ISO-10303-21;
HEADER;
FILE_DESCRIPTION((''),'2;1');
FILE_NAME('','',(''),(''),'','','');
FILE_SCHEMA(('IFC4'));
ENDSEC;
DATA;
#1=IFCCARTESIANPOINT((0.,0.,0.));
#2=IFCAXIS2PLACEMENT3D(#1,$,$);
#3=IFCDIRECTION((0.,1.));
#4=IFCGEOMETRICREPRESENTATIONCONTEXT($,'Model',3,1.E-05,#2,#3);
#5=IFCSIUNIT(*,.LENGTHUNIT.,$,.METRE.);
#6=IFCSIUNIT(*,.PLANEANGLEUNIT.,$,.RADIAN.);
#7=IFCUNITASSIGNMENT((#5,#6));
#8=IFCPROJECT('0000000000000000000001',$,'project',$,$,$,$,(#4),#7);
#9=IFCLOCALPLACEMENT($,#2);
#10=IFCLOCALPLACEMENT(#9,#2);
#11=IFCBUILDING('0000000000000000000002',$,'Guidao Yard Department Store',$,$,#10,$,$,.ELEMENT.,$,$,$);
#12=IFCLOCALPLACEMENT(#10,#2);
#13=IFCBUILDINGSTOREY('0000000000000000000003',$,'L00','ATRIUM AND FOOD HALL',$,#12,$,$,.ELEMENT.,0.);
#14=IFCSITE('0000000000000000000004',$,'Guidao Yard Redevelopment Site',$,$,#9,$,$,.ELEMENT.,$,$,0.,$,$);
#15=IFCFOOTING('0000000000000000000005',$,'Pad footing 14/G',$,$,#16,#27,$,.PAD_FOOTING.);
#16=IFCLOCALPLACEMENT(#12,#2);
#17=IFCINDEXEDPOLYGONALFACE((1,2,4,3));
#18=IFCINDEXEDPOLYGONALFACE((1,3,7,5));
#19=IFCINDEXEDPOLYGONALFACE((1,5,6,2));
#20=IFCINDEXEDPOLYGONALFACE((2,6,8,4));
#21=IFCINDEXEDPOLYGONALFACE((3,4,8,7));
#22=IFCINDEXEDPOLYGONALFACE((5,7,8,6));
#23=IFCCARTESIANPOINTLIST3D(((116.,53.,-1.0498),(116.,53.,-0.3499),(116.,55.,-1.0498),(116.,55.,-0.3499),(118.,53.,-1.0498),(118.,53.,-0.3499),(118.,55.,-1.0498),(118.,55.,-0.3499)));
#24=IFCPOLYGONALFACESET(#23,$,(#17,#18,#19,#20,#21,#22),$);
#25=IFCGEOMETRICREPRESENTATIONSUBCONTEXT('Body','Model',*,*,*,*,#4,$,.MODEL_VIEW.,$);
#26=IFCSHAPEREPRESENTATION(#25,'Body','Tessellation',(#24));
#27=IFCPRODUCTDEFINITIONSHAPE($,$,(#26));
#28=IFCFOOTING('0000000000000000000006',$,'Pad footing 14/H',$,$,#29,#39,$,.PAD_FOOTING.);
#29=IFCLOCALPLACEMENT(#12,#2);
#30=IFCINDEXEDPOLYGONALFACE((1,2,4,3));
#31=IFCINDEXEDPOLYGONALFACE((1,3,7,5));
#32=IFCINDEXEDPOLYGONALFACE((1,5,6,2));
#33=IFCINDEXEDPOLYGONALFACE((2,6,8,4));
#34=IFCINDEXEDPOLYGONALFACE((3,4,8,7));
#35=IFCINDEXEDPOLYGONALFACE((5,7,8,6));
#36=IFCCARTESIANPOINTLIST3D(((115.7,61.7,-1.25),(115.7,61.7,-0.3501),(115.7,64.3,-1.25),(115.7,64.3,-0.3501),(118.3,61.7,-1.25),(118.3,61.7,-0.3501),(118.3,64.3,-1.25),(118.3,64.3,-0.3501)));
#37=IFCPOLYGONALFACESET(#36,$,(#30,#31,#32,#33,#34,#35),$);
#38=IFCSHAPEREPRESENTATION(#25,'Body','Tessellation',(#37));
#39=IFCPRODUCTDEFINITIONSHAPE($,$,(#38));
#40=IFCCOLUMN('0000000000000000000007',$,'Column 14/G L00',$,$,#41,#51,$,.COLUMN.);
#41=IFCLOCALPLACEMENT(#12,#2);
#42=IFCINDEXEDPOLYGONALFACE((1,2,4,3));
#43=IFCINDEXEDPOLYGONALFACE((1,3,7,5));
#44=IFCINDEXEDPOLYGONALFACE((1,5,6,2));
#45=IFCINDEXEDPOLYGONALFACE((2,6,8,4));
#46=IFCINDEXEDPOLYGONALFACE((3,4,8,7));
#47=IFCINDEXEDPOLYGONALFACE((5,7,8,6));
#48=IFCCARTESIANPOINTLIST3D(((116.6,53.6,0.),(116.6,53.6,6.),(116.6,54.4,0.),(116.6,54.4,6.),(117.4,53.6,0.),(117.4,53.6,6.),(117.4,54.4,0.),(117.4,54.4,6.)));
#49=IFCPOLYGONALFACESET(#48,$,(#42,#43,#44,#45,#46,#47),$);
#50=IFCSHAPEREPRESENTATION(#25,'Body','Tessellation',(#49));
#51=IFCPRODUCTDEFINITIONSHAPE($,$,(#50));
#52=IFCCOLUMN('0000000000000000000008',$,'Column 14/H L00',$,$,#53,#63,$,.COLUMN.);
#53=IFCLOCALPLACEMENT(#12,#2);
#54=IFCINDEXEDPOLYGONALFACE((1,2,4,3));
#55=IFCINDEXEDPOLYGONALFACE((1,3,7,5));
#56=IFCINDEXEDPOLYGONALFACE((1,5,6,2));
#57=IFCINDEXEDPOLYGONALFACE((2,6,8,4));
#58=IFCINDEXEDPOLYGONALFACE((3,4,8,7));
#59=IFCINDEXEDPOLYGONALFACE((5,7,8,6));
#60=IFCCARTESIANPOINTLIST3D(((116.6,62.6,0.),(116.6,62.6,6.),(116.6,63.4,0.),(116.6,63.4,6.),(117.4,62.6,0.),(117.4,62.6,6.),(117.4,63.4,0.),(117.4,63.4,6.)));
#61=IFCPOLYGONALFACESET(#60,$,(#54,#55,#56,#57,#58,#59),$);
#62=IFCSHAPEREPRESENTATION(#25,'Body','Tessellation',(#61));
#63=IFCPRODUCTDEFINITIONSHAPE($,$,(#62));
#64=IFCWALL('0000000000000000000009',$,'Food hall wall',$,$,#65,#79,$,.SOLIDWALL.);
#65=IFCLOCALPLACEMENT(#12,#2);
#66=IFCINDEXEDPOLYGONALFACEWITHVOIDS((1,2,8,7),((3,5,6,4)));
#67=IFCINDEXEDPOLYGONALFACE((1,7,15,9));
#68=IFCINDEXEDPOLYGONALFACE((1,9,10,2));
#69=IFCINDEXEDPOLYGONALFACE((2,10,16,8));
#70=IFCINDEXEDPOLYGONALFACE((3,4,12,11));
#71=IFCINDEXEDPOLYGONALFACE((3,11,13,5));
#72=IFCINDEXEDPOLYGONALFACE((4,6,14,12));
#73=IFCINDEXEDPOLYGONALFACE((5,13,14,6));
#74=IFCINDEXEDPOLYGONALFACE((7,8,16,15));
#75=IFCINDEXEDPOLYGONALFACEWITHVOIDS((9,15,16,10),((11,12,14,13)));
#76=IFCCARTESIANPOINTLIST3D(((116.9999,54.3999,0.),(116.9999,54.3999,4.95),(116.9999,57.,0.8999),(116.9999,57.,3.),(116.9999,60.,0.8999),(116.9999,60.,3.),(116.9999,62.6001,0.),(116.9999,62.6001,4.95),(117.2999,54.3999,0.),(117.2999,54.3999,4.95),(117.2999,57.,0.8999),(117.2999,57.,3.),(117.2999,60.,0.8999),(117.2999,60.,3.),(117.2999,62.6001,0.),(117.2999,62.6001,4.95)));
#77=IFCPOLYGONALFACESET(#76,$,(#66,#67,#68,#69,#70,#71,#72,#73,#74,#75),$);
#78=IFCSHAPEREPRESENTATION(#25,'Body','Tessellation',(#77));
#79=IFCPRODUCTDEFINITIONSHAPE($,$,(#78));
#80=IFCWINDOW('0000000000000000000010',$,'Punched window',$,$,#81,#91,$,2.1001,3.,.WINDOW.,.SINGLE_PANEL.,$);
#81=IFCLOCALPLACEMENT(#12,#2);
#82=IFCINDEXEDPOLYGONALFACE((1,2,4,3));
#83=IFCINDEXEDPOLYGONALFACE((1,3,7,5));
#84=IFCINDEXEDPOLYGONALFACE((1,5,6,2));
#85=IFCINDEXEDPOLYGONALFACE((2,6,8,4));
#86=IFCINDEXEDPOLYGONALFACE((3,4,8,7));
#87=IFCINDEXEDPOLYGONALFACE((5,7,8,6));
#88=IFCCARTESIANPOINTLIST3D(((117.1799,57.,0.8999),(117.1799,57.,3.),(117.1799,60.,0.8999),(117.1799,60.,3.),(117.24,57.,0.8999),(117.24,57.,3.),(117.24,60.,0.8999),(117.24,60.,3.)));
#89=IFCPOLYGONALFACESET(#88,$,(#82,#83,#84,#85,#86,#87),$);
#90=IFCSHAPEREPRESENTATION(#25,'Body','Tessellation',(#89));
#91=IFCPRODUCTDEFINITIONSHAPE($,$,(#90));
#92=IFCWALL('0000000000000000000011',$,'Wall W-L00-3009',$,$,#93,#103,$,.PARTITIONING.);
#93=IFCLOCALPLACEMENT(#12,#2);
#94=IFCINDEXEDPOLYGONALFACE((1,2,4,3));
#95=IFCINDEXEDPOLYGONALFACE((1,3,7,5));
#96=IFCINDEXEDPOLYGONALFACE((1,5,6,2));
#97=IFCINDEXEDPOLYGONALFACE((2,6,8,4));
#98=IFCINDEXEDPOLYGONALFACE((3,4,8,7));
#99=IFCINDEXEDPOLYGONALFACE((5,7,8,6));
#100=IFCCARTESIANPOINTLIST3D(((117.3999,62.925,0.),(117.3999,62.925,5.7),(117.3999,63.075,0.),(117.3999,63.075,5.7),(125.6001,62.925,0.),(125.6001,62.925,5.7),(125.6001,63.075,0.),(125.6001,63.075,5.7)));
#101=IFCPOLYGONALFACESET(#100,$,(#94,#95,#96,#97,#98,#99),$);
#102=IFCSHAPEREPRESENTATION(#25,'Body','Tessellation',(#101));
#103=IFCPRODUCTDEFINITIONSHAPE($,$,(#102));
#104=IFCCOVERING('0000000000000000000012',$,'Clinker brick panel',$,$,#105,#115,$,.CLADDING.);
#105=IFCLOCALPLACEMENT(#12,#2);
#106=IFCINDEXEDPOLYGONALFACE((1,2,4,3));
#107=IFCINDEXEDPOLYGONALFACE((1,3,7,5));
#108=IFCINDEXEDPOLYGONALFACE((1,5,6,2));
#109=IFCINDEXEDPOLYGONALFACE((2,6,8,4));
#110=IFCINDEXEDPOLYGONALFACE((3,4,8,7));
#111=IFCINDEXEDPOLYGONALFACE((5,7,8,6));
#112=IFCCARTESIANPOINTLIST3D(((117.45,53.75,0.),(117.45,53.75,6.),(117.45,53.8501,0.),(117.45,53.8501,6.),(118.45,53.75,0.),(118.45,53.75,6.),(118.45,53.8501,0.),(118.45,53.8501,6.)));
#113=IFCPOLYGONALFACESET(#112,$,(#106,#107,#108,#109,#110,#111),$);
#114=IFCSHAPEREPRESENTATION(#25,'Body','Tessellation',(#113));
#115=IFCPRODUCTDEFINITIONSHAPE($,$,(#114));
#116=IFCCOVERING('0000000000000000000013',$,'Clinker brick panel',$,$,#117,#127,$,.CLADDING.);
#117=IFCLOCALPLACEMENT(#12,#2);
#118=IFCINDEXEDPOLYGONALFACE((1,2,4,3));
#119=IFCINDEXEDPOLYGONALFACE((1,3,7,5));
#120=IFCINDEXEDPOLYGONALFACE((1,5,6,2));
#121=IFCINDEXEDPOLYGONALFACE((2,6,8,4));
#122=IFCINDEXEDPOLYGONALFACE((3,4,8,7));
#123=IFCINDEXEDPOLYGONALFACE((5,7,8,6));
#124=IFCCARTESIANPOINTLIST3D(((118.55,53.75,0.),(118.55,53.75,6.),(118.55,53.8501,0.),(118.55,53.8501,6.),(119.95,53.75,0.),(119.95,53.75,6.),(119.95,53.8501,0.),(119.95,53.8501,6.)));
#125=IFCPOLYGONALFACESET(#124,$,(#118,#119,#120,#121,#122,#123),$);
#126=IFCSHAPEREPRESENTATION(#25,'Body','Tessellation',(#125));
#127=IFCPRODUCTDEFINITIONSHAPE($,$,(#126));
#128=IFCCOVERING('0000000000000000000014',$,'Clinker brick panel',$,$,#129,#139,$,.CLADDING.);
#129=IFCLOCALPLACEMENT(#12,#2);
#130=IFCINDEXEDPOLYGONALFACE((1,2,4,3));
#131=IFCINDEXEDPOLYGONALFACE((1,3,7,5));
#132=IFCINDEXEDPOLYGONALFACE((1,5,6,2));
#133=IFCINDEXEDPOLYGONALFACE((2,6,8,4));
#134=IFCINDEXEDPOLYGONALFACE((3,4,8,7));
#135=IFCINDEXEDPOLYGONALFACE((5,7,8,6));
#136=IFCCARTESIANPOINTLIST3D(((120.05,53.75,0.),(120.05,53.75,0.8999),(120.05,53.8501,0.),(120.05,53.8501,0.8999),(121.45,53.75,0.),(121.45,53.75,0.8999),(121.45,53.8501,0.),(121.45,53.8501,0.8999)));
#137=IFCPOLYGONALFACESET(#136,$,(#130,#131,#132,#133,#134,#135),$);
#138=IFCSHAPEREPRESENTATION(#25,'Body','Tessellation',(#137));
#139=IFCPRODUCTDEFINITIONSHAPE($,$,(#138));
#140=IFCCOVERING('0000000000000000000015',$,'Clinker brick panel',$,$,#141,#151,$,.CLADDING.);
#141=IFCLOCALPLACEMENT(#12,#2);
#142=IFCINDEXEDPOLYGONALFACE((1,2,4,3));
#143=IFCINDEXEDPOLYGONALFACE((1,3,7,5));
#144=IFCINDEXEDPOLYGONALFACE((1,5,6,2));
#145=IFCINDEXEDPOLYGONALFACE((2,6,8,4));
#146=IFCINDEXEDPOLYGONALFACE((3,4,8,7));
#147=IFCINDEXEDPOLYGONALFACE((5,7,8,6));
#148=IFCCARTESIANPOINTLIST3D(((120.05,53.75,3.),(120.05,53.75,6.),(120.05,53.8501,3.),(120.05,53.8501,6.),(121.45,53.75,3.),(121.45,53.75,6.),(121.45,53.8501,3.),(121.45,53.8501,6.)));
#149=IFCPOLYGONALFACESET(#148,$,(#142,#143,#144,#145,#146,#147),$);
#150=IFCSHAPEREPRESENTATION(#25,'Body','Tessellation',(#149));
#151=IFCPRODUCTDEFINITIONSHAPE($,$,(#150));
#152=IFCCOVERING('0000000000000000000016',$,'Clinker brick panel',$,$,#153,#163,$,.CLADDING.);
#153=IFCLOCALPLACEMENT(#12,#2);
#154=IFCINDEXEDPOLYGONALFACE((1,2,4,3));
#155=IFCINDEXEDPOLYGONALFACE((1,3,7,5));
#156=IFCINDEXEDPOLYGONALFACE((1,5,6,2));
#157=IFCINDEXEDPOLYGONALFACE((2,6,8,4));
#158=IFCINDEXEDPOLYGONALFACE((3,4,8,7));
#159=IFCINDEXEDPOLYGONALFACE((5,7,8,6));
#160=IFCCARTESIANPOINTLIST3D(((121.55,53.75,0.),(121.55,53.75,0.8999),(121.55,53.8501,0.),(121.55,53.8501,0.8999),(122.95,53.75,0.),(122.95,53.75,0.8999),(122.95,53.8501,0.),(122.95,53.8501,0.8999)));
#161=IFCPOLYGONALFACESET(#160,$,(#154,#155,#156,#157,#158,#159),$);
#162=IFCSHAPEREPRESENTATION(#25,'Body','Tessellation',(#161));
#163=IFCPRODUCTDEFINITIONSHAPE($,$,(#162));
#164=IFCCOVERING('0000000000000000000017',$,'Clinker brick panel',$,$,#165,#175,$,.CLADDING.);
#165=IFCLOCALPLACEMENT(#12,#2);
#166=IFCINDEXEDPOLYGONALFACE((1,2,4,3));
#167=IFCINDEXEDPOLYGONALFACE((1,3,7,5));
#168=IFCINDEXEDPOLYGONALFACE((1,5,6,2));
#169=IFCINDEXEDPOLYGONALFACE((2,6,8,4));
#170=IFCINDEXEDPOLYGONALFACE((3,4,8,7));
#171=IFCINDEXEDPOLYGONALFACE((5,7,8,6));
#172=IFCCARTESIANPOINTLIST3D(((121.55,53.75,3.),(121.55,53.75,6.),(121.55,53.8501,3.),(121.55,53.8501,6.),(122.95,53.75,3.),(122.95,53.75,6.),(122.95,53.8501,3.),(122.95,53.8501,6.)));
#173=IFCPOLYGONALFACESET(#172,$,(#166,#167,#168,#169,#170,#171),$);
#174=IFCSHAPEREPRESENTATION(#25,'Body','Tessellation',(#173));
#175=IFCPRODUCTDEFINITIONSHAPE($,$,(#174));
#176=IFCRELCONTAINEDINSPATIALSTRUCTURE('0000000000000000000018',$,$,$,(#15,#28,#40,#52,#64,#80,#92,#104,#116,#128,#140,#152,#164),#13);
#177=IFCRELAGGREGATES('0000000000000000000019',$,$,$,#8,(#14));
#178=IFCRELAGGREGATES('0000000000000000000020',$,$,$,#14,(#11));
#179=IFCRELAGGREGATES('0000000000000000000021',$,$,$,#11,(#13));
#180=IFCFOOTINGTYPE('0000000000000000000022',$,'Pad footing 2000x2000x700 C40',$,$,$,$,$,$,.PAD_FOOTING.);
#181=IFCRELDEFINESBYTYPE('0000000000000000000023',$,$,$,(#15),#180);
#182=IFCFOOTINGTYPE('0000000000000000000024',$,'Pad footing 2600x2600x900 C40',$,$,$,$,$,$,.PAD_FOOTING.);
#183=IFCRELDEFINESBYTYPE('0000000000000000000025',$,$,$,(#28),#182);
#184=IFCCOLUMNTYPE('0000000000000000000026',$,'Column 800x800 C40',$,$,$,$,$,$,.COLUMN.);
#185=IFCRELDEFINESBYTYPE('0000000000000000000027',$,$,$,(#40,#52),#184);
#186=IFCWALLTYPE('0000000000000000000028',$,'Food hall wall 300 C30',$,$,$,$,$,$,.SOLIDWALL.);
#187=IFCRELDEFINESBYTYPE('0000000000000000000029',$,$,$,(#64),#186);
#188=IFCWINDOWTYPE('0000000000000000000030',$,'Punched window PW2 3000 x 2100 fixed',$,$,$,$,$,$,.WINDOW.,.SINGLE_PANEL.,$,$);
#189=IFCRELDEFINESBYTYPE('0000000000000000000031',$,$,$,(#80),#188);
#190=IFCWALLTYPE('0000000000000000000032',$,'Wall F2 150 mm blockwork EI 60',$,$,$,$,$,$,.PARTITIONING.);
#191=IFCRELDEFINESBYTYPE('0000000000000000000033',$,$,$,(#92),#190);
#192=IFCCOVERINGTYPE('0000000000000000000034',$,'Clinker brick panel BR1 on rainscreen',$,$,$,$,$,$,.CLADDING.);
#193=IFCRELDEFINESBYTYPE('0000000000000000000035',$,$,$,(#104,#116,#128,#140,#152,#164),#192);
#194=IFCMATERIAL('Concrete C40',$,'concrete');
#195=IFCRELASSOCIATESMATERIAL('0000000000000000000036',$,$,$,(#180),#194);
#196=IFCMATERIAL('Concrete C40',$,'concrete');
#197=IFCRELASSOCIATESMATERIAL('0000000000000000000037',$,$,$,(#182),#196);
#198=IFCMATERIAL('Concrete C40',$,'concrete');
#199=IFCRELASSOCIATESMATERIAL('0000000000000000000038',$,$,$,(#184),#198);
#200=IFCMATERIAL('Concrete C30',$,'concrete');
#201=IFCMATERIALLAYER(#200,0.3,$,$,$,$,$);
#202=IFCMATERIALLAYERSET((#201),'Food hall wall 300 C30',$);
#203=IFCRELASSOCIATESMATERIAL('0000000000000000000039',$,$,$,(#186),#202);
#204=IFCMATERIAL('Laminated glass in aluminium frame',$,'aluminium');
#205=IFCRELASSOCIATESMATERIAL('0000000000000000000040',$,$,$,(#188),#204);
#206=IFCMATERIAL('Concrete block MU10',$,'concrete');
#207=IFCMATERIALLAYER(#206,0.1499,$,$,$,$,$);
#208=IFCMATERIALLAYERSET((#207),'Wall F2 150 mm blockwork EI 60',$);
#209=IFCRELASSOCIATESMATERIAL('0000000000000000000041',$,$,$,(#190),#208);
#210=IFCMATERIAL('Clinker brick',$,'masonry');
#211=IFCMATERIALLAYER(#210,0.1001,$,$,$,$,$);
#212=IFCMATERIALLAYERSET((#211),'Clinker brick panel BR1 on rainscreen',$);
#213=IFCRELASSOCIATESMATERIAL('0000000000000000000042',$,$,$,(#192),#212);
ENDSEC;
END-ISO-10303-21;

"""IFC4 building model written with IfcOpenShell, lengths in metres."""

from ifc_helpers import new_model, si_unit, direction, frame, frame_2d, origin, origin_2d, place, context, subcontext, project, spatial, rectangle, extrude, material, layer, layer_set, material_profile, profile_set, type_object, element, fill, save


model = new_model("IFC4")

# Units and contexts
model_context = context("Model", 3, precision=1e-05, world=origin(), true_north=direction((0.0, 1.0)))
body_context = subcontext(model_context, "Body", "Model", "MODEL_VIEW")
ifc_project = project(units=[si_unit("LENGTHUNIT", "METRE"), si_unit("PLANEANGLEUNIT", "RADIAN")], contexts=[model_context])

# Site, building, storey
site_placement = place(None, origin())
site = spatial("IfcSite", under=ifc_project, at=site_placement, Name="Guidao Yard Redevelopment Site", CompositionType="ELEMENT", RefElevation=0.0)
building_placement = place(site_placement, origin())
building = spatial("IfcBuilding", under=site, at=building_placement, Name="Guidao Yard Department Store", CompositionType="ELEMENT")
storey_placement = place(building_placement, origin())
storey = spatial("IfcBuildingStorey", under=building, at=storey_placement, Name="L00", Description="ATRIUM AND FOOD HALL", CompositionType="ELEMENT", Elevation=0.0)

# Footings
ifc_material_1 = material(Name="Concrete C40", Category="concrete")
footing_type_1 = type_object("IfcFootingType", Name="Pad footing 2000x2000x700 C40", PredefinedType="PAD_FOOTING", material=ifc_material_1)
footing_1_placement = place(storey_placement, frame((117.0, 54.0, -1.0498), z_axis=(0.0, 0.0, 1.0), x_axis=(1.0, 0.0, 0.0)))
element("IfcFooting", 1, at=footing_1_placement, inside=storey, type_object=footing_type_1, Name="Pad footing 14/G", PredefinedType="PAD_FOOTING", context=body_context, shape_type="SweptSolid", body=[
    extrude(rectangle(XDim=2.0, YDim=2.0, at=origin_2d()), origin(), (0.0, 0.0, 1.0), 0.7),
])
ifc_material_2 = material(Name="Concrete C40", Category="concrete")
footing_type_2 = type_object("IfcFootingType", Name="Pad footing 2600x2600x900 C40", PredefinedType="PAD_FOOTING", material=ifc_material_2)
footing_2_placement = place(storey_placement, frame((117.0, 63.0, -1.25), z_axis=(0.0, 0.0, 1.0), x_axis=(1.0, 0.0, 0.0)))
element("IfcFooting", 2, at=footing_2_placement, inside=storey, type_object=footing_type_2, Name="Pad footing 14/H", PredefinedType="PAD_FOOTING", context=body_context, shape_type="SweptSolid", body=[
    extrude(rectangle(XDim=2.6001, YDim=2.6001, at=origin_2d()), origin(), (0.0, 0.0, 1.0), 0.8999),
])

# Columns
ifc_material_3 = material(Name="Concrete C40", Category="concrete")
ifc_material_profile = material_profile(ifc_material_3, rectangle(XDim=0.8, YDim=0.8, at=origin_2d()), Name="COL 800x800")
ifc_profile_set = profile_set([ifc_material_profile], Name="Concrete C40")
column_type = type_object("IfcColumnType", Name="Column 800x800 C40", PredefinedType="COLUMN", material=ifc_profile_set)
for number, where, z_axis, x_axis, name in (
    (3, (117.0, 54.0, 0.0), (0.0, 0.0, 1.0), (1.0, 0.0, 0.0), "Column 14/G L00"),
    (4, (117.0, 63.0, 0.0), (0.0, 0.0, 1.0), (1.0, 0.0, 0.0), "Column 14/H L00"),
):
    element("IfcColumn", number, at=place(storey_placement, frame(where, z_axis=z_axis, x_axis=x_axis)), inside=storey, type_object=column_type, Name=name, PredefinedType="COLUMN", context=body_context, shape_type="SweptSolid", body=[
        extrude(rectangle(XDim=0.8, YDim=0.8, at=origin_2d()), origin(), (0.0, 0.0, 1.0), 6.0),
    ])

# Wall, opening, window
ifc_material_4 = material(Name="Concrete C30", Category="concrete")
ifc_layer_1 = layer(ifc_material_4, 0.3)
ifc_layer_set_1 = layer_set([ifc_layer_1], Name="Food hall wall 300 C30")
wall_type_1 = type_object("IfcWallType", Name="Food hall wall 300 C30", PredefinedType="SOLIDWALL", material=ifc_layer_set_1)
wall_1_placement = place(storey_placement, frame((117.1499, 54.3999, 0.0), z_axis=(0.0, 0.0, 1.0), x_axis=(0.0, 1.0, 0.0)))
wall_1 = element("IfcWall", 5, at=wall_1_placement, inside=storey, type_object=wall_type_1, Name="Food hall wall", PredefinedType="SOLIDWALL", context=body_context, shape_type="SweptSolid", body=[
    extrude(rectangle(XDim=8.2002, YDim=0.3, at=frame_2d((4.1001, 0.0))), origin(), (0.0, 0.0, 1.0), 4.95),
])
opening_1_placement = place(wall_1_placement, frame((2.6001, 0.0, 0.8999)))
opening_1 = element("IfcOpeningElement", 6, at=opening_1_placement, cuts=wall_1, PredefinedType="OPENING", context=body_context, shape_type="SweptSolid", body=[
    extrude(rectangle(XDim=3.0, YDim=2.1001, at=frame_2d((1.5, 1.05))), frame((0.0, 0.1599, 0.0), z_axis=(0.0, -1.0, 0.0), x_axis=(1.0, 0.0, 0.0)), (0.0, 0.0, 1.0), 0.3201),
])
ifc_material_5 = material(Name="Laminated glass in aluminium frame", Category="aluminium")
window_type = type_object("IfcWindowType", Name="Punched window PW2 3000 x 2100 fixed", PartitioningType="SINGLE_PANEL", PredefinedType="WINDOW", material=ifc_material_5)
window_placement = place(opening_1_placement, origin())
window = element("IfcWindow", 7, at=window_placement, inside=storey, type_object=window_type, Name="Punched window", OverallHeight=2.1001, OverallWidth=3.0, PartitioningType="SINGLE_PANEL", PredefinedType="WINDOW", context=body_context, shape_type="SweptSolid", body=[
    extrude(rectangle(XDim=3.0, YDim=2.1001, at=frame_2d((1.5, 1.05))), frame((0.0, -0.03, 0.0), z_axis=(0.0, -1.0, 0.0), x_axis=(1.0, 0.0, 0.0)), (0.0, 0.0, 1.0), 0.0601),
])
fill(opening_1, window)

# Wall
ifc_material_6 = material(Name="Concrete block MU10", Category="concrete")
ifc_layer_2 = layer(ifc_material_6, 0.1499)
ifc_layer_set_2 = layer_set([ifc_layer_2], Name="Wall F2 150 mm blockwork EI 60")
wall_type_2 = type_object("IfcWallType", Name="Wall F2 150 mm blockwork EI 60", PredefinedType="PARTITIONING", material=ifc_layer_set_2)
wall_2_placement = place(storey_placement, frame((117.3999, 63.0, 0.0), z_axis=(0.0, 0.0, 1.0), x_axis=(1.0, 0.0, 0.0)))
element("IfcWall", 8, at=wall_2_placement, inside=storey, type_object=wall_type_2, Name="Wall W-L00-3009", PredefinedType="PARTITIONING", context=body_context, shape_type="SweptSolid", body=[
    extrude(rectangle(XDim=8.2002, YDim=0.1499, at=frame_2d((4.1001, 0.0))), origin(), (0.0, 0.0, 1.0), 5.7),
])

# Coverings
ifc_material_7 = material(Name="Clinker brick", Category="masonry")
ifc_layer_3 = layer(ifc_material_7, 0.1001)
ifc_layer_set_3 = layer_set([ifc_layer_3], Name="Clinker brick panel BR1 on rainscreen")
covering_type = type_object("IfcCoveringType", Name="Clinker brick panel BR1 on rainscreen", PredefinedType="CLADDING", material=ifc_layer_set_3)
covering_1_placement = place(storey_placement, frame((117.95, 53.8, 0.0), z_axis=(0.0, 0.0, 1.0), x_axis=(-1.0, 0.0, 0.0)))
element("IfcCovering", 9, at=covering_1_placement, inside=storey, type_object=covering_type, Name="Clinker brick panel", PredefinedType="CLADDING", context=body_context, shape_type="SweptSolid", body=[
    extrude(rectangle(XDim=1.0, YDim=0.1001, at=origin_2d()), origin(), (0.0, 0.0, 1.0), 6.0),
])
covering_2_placement = place(storey_placement, frame((119.25, 53.8, 0.0), z_axis=(0.0, 0.0, 1.0), x_axis=(-1.0, 0.0, 0.0)))
element("IfcCovering", 10, at=covering_2_placement, inside=storey, type_object=covering_type, Name="Clinker brick panel", PredefinedType="CLADDING", context=body_context, shape_type="SweptSolid", body=[
    extrude(rectangle(XDim=1.3999, YDim=0.1001, at=origin_2d()), origin(), (0.0, 0.0, 1.0), 6.0),
])
covering_3_placement = place(storey_placement, frame((120.75, 53.8, 0.0), z_axis=(0.0, 0.0, 1.0), x_axis=(-1.0, 0.0, 0.0)))
element("IfcCovering", 11, at=covering_3_placement, inside=storey, type_object=covering_type, Name="Clinker brick panel", PredefinedType="CLADDING", context=body_context, shape_type="SweptSolid", body=[
    extrude(rectangle(XDim=1.3999, YDim=0.1001, at=origin_2d()), origin(), (0.0, 0.0, 1.0), 0.8999),
])
covering_4_placement = place(storey_placement, frame((120.75, 53.8, 3.0), z_axis=(0.0, 0.0, 1.0), x_axis=(-1.0, 0.0, 0.0)))
element("IfcCovering", 12, at=covering_4_placement, inside=storey, type_object=covering_type, Name="Clinker brick panel", PredefinedType="CLADDING", context=body_context, shape_type="SweptSolid", body=[
    extrude(rectangle(XDim=1.3999, YDim=0.1001, at=origin_2d()), origin(), (0.0, 0.0, 1.0), 3.0),
])
covering_5_placement = place(storey_placement, frame((122.25, 53.8, 0.0), z_axis=(0.0, 0.0, 1.0), x_axis=(-1.0, 0.0, 0.0)))
element("IfcCovering", 13, at=covering_5_placement, inside=storey, type_object=covering_type, Name="Clinker brick panel", PredefinedType="CLADDING", context=body_context, shape_type="SweptSolid", body=[
    extrude(rectangle(XDim=1.3999, YDim=0.1001, at=origin_2d()), origin(), (0.0, 0.0, 1.0), 0.8999),
])
covering_6_placement = place(storey_placement, frame((122.25, 53.8, 3.0), z_axis=(0.0, 0.0, 1.0), x_axis=(-1.0, 0.0, 0.0)))
element("IfcCovering", 14, at=covering_6_placement, inside=storey, type_object=covering_type, Name="Clinker brick panel", PredefinedType="CLADDING", context=body_context, shape_type="SweptSolid", body=[
    extrude(rectangle(XDim=1.3999, YDim=0.1001, at=origin_2d()), origin(), (0.0, 0.0, 1.0), 3.0),
])

save(model, "model.ifc")
